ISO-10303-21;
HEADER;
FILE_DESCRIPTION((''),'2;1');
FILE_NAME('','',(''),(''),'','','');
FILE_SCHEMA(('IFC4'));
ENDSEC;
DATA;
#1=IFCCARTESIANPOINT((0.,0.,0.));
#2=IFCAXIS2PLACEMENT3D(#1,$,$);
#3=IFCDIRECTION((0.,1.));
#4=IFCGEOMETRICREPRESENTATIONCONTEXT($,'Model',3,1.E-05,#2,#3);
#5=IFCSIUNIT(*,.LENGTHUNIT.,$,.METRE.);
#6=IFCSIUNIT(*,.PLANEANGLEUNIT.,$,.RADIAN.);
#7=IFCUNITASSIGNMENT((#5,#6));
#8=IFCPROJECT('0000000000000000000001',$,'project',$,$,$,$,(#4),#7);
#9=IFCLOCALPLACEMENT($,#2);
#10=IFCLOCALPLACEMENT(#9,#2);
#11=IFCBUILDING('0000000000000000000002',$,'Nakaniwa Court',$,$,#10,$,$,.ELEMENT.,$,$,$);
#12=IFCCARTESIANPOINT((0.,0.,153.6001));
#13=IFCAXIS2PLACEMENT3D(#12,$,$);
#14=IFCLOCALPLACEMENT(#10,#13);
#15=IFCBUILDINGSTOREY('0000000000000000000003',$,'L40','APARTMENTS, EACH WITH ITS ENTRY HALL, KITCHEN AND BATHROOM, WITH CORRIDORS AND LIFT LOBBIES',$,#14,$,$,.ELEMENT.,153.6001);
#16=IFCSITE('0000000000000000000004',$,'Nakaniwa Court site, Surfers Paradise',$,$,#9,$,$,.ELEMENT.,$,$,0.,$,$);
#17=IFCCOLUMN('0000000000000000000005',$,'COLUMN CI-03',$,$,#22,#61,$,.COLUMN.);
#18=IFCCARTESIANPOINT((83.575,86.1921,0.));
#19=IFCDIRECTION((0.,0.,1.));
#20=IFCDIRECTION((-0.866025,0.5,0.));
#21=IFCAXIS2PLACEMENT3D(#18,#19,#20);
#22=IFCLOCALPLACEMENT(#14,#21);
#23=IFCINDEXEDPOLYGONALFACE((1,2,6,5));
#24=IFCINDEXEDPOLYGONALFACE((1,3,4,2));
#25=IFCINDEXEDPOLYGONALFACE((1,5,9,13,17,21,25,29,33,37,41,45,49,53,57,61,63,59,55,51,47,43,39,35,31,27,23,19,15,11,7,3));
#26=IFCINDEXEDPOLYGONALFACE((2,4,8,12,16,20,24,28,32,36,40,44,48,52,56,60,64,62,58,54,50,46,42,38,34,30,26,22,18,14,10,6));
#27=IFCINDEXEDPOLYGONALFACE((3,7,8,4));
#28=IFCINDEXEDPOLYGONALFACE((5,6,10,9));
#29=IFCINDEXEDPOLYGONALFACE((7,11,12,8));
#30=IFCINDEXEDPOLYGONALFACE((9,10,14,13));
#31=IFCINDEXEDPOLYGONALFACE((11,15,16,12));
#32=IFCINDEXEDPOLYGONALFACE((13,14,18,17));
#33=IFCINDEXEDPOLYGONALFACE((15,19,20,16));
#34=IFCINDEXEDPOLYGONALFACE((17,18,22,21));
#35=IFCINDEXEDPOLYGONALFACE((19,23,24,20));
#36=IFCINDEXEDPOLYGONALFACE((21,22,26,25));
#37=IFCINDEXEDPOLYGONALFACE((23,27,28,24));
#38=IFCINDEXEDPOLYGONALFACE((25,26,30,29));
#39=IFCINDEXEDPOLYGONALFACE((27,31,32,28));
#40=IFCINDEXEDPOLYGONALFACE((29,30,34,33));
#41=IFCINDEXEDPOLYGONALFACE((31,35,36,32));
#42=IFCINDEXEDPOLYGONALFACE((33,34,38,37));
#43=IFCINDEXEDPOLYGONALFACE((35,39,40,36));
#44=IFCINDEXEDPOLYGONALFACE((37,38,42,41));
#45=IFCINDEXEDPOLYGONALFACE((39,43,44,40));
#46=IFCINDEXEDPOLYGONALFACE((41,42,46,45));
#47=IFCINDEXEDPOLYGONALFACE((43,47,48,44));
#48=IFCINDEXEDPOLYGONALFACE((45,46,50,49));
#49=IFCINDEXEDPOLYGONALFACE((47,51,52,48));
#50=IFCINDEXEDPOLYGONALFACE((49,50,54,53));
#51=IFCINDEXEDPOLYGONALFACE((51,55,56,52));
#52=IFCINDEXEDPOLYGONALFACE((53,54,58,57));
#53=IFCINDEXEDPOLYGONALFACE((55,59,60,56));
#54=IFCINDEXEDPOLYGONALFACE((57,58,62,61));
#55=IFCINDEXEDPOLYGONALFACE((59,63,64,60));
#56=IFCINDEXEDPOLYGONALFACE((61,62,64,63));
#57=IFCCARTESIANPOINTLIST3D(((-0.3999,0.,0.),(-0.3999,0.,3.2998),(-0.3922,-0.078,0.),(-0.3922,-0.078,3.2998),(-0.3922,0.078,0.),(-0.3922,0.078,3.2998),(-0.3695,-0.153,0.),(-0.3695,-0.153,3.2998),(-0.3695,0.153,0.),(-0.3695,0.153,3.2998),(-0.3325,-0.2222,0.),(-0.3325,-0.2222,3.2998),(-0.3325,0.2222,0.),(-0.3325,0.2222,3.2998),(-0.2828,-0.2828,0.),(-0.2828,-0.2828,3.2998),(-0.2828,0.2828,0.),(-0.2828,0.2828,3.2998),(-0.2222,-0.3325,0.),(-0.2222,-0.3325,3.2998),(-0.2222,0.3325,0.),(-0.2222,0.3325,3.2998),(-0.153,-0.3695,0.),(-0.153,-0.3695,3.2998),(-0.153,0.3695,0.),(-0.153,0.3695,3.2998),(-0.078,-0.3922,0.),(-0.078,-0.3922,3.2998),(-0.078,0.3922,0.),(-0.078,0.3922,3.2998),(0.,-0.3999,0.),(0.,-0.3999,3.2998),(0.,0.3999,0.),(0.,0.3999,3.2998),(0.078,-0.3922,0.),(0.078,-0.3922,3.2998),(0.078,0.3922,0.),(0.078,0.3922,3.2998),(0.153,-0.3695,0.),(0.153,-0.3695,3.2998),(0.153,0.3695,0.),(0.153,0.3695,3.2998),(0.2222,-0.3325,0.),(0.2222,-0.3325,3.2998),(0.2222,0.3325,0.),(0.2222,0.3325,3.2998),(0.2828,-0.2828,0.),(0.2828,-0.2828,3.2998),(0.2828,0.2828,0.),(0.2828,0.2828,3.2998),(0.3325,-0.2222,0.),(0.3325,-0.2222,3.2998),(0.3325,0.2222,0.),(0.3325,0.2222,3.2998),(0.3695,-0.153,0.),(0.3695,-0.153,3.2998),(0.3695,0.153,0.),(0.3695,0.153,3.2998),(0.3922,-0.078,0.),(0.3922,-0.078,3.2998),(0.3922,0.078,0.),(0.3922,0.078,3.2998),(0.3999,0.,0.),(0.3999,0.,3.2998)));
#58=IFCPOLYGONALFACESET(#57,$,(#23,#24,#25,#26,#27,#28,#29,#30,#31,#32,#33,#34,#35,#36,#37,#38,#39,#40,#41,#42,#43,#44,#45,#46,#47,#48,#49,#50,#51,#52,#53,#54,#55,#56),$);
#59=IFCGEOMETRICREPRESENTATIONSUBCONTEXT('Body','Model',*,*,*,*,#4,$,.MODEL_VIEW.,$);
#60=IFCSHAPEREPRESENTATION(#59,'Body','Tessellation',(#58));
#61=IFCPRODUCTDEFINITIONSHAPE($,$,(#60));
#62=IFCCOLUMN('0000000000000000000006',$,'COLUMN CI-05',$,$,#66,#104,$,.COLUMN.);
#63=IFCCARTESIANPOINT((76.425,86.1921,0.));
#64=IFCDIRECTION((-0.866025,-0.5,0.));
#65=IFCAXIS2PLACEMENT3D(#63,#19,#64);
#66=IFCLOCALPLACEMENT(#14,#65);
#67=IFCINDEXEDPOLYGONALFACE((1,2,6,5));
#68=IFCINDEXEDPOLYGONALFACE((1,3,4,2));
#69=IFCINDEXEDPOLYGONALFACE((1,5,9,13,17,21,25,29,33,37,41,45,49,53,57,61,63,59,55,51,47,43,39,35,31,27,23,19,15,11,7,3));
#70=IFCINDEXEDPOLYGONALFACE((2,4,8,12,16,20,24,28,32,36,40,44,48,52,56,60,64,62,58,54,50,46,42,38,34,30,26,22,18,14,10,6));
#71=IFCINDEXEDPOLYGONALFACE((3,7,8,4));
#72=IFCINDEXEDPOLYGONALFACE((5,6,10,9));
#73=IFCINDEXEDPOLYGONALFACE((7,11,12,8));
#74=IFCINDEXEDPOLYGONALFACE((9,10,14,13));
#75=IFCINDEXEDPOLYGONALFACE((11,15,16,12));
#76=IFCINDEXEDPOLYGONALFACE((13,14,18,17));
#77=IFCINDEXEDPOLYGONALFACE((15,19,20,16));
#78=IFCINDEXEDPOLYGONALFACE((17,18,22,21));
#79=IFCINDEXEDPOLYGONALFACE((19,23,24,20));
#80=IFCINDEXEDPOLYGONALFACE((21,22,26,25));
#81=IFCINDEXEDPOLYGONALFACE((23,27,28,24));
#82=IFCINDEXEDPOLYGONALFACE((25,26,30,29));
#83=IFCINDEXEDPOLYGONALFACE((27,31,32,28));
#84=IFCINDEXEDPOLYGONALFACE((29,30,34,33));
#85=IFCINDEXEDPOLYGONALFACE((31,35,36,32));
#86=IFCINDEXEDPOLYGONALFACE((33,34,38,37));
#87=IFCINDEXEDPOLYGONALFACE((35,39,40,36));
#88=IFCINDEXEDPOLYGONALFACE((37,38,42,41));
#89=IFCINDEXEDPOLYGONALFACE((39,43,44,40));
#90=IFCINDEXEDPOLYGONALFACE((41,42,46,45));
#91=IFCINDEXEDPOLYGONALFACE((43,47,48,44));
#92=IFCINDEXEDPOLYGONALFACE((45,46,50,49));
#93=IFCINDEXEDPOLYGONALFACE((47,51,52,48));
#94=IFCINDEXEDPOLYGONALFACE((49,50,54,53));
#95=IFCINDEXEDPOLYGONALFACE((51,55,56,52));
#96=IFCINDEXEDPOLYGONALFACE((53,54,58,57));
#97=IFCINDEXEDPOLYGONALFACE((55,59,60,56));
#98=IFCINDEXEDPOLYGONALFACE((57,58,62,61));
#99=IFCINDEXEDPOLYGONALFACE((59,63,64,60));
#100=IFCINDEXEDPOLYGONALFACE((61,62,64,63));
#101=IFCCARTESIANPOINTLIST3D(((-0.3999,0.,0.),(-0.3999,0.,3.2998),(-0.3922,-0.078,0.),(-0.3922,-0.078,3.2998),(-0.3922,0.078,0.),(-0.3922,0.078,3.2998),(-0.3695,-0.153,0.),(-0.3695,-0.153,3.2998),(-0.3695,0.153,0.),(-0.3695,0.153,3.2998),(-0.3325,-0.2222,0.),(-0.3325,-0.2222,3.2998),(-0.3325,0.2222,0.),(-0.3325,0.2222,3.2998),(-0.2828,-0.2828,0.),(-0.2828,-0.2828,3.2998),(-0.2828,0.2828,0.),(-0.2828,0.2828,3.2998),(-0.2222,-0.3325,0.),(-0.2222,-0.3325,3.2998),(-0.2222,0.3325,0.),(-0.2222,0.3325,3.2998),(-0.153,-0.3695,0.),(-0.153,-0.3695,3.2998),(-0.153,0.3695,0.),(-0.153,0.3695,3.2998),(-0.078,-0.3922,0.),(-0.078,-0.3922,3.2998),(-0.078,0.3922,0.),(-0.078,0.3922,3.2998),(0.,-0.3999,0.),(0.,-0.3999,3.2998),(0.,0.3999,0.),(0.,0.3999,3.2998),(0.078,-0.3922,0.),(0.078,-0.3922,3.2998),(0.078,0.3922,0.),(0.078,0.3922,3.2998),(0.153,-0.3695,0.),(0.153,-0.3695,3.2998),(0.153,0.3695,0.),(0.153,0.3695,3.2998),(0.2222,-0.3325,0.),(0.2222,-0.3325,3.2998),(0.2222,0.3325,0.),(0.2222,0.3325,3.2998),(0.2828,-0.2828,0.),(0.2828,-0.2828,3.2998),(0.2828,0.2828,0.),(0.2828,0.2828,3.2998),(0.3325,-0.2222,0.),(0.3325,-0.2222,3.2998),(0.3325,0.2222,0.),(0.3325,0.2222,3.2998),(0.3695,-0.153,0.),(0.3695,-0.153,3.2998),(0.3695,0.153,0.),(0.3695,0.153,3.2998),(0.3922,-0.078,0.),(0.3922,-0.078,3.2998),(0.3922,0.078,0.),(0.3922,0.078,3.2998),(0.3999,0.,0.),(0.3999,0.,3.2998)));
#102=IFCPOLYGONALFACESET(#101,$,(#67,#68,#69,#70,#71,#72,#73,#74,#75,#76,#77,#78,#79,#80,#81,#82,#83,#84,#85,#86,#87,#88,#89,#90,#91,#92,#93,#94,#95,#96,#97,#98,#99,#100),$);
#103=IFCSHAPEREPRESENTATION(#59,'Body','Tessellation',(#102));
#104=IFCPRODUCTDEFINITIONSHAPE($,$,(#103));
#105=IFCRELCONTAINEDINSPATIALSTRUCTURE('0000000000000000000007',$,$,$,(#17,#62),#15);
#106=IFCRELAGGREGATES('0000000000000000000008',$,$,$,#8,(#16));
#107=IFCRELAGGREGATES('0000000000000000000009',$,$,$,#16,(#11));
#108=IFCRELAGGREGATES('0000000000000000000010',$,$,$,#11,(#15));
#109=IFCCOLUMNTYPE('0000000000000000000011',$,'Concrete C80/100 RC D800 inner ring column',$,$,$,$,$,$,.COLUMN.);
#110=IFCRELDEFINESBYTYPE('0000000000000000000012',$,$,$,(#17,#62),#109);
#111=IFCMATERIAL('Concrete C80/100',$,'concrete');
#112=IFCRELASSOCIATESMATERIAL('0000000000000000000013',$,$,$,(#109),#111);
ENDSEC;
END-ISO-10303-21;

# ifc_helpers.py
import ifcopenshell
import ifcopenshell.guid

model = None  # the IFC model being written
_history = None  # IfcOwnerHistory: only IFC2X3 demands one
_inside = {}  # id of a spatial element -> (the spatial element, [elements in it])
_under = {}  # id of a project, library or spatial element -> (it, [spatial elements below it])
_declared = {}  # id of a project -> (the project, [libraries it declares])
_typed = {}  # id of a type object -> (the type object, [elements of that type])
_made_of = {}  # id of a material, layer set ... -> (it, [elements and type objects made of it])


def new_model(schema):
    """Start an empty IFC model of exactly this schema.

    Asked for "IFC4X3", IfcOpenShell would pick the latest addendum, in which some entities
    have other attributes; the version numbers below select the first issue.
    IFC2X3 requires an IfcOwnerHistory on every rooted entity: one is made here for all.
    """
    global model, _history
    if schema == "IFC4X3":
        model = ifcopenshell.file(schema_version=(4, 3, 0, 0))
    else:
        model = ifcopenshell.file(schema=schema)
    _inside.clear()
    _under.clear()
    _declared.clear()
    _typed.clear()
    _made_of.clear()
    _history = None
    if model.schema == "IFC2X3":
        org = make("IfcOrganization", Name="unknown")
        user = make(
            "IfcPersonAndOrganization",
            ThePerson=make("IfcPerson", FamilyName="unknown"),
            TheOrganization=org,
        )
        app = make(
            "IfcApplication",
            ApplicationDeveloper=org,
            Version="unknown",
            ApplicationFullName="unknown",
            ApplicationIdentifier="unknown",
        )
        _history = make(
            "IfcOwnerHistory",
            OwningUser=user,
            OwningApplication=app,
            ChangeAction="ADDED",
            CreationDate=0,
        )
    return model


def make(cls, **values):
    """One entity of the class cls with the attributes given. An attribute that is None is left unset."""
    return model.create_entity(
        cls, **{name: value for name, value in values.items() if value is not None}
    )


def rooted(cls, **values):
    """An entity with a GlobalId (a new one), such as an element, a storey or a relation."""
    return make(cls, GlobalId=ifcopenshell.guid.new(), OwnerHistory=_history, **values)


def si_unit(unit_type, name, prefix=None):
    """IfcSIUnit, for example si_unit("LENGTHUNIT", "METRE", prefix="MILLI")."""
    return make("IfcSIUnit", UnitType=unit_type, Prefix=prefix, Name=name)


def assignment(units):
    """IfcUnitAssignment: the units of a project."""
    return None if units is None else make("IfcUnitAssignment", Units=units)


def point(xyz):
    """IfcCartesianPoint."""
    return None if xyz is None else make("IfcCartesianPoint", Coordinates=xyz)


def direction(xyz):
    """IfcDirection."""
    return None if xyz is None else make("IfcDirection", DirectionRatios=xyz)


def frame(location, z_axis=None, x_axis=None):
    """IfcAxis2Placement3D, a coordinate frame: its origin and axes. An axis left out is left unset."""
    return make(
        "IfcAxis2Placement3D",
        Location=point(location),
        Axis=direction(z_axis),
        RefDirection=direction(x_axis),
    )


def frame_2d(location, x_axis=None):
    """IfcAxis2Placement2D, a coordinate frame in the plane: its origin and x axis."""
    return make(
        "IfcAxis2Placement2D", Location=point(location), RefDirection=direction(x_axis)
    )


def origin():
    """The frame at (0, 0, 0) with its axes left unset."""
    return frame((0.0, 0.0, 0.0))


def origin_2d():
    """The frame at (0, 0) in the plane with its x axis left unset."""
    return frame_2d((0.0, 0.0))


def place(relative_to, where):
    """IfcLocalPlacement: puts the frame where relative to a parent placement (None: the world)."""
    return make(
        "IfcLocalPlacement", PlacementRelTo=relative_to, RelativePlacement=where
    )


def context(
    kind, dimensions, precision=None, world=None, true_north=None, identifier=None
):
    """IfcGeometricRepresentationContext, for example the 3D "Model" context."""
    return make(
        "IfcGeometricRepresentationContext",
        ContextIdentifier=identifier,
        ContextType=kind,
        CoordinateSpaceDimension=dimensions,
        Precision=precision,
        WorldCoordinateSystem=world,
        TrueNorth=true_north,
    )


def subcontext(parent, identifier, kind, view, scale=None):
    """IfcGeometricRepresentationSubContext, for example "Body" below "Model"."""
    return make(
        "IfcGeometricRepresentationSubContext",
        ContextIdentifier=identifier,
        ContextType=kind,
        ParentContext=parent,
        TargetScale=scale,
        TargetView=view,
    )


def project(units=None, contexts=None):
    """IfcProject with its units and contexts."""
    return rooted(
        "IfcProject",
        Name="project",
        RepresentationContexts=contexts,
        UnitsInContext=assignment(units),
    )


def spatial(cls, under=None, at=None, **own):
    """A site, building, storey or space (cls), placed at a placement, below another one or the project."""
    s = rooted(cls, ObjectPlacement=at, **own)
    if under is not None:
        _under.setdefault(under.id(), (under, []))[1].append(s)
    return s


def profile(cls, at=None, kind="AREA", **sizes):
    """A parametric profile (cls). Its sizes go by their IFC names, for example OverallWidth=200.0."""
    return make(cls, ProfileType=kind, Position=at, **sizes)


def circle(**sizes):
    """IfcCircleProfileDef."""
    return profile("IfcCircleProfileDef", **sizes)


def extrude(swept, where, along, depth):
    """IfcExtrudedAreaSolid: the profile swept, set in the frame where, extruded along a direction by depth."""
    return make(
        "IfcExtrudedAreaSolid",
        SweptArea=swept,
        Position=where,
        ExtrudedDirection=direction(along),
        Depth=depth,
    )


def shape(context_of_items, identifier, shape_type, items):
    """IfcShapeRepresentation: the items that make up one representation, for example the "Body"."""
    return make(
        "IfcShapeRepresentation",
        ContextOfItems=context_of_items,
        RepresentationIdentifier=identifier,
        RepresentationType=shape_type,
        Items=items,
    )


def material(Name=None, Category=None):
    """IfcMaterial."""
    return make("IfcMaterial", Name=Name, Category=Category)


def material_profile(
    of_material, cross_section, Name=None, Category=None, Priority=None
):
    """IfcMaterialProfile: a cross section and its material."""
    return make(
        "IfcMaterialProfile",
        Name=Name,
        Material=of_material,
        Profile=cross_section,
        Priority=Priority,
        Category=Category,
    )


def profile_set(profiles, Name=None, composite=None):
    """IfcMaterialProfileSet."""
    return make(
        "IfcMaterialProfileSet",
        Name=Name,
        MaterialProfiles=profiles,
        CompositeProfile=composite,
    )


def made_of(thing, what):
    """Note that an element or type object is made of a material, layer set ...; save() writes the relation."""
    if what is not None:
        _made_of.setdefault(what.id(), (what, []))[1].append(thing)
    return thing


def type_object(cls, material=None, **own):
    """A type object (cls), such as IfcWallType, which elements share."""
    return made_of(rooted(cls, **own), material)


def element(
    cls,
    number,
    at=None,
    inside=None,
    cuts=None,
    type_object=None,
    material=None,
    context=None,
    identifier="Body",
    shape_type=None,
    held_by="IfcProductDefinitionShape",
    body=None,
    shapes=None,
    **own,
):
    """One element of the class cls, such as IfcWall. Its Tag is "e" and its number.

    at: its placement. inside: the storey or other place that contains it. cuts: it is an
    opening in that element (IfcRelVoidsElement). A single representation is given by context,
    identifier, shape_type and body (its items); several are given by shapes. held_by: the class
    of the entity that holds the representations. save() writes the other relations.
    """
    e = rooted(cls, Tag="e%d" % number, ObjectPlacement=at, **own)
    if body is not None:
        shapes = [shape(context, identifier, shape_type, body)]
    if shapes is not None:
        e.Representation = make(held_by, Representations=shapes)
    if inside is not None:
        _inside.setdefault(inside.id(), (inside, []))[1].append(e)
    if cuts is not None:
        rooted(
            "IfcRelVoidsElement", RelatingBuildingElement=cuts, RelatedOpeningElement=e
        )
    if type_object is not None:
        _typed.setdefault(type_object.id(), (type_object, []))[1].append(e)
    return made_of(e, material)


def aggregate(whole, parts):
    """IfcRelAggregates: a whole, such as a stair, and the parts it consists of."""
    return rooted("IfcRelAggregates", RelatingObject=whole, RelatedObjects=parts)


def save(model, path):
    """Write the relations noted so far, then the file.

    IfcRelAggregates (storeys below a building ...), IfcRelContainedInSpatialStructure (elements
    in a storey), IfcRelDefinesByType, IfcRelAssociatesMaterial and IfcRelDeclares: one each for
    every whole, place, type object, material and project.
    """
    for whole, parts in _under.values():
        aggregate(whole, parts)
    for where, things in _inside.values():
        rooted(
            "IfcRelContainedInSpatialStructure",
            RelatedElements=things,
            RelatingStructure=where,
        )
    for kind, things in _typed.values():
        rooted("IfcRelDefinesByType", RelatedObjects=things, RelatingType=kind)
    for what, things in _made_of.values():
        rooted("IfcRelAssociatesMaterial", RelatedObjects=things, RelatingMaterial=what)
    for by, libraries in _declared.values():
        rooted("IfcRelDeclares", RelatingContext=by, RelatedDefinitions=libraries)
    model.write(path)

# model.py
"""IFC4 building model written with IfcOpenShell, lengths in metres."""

from ifc_helpers import new_model, si_unit, direction, frame, origin, origin_2d, place, context, subcontext, project, spatial, circle, extrude, material, material_profile, profile_set, type_object, element, save


model = new_model("IFC4")

# Units and contexts
model_context = context("Model", 3, precision=1e-05, world=origin(), true_north=direction((0.0, 1.0)))
body_context = subcontext(model_context, "Body", "Model", "MODEL_VIEW")
ifc_project = project(units=[si_unit("LENGTHUNIT", "METRE"), si_unit("PLANEANGLEUNIT", "RADIAN")], contexts=[model_context])

# Site, building, storey
site_placement = place(None, origin())
site = spatial("IfcSite", under=ifc_project, at=site_placement, Name="Nakaniwa Court site, Surfers Paradise", CompositionType="ELEMENT", RefElevation=0.0)
building_placement = place(site_placement, origin())
building = spatial("IfcBuilding", under=site, at=building_placement, Name="Nakaniwa Court", CompositionType="ELEMENT")
storey_placement = place(building_placement, frame((0.0, 0.0, 153.6001)))
storey = spatial("IfcBuildingStorey", under=building, at=storey_placement, Name="L40", Description="APARTMENTS, EACH WITH ITS ENTRY HALL, KITCHEN AND BATHROOM, WITH CORRIDORS AND LIFT LOBBIES", CompositionType="ELEMENT", Elevation=153.6001)

# Columns
ifc_material_1 = material(Name="Concrete C80/100", Category="concrete")
ifc_material_profile_1 = material_profile(ifc_material_1, circle(Radius=0.3999, at=origin_2d()), Name="Concrete C80/100 RC D800 inner ring column")
ifc_profile_set_1 = profile_set([ifc_material_profile_1], Name="Concrete C80/100")
column_type = type_object("IfcColumnType", Name="Concrete C80/100 RC D800 inner ring column", PredefinedType="COLUMN", material=ifc_profile_set_1)
for number, where, z_axis, x_axis, name in (
    (1, (83.575, 86.1921, 0.0), (0.0, 0.0, 1.0), (-0.866025, 0.5, 0.0), "COLUMN CI-03"),
    (2, (76.425, 86.1921, 0.0), (0.0, 0.0, 1.0), (-0.866025, -0.5, 0.0), "COLUMN CI-05"),
):
    element("IfcColumn", number, at=place(storey_placement, frame(where, z_axis=z_axis, x_axis=x_axis)), inside=storey, type_object=column_type, Name=name, PredefinedType="COLUMN", context=body_context, shape_type="SweptSolid", body=[
        extrude(circle(Radius=0.3999, at=origin_2d()), origin(), (0.0, 0.0, 1.0), 3.2998),
    ])

save(model, "model.ifc")
